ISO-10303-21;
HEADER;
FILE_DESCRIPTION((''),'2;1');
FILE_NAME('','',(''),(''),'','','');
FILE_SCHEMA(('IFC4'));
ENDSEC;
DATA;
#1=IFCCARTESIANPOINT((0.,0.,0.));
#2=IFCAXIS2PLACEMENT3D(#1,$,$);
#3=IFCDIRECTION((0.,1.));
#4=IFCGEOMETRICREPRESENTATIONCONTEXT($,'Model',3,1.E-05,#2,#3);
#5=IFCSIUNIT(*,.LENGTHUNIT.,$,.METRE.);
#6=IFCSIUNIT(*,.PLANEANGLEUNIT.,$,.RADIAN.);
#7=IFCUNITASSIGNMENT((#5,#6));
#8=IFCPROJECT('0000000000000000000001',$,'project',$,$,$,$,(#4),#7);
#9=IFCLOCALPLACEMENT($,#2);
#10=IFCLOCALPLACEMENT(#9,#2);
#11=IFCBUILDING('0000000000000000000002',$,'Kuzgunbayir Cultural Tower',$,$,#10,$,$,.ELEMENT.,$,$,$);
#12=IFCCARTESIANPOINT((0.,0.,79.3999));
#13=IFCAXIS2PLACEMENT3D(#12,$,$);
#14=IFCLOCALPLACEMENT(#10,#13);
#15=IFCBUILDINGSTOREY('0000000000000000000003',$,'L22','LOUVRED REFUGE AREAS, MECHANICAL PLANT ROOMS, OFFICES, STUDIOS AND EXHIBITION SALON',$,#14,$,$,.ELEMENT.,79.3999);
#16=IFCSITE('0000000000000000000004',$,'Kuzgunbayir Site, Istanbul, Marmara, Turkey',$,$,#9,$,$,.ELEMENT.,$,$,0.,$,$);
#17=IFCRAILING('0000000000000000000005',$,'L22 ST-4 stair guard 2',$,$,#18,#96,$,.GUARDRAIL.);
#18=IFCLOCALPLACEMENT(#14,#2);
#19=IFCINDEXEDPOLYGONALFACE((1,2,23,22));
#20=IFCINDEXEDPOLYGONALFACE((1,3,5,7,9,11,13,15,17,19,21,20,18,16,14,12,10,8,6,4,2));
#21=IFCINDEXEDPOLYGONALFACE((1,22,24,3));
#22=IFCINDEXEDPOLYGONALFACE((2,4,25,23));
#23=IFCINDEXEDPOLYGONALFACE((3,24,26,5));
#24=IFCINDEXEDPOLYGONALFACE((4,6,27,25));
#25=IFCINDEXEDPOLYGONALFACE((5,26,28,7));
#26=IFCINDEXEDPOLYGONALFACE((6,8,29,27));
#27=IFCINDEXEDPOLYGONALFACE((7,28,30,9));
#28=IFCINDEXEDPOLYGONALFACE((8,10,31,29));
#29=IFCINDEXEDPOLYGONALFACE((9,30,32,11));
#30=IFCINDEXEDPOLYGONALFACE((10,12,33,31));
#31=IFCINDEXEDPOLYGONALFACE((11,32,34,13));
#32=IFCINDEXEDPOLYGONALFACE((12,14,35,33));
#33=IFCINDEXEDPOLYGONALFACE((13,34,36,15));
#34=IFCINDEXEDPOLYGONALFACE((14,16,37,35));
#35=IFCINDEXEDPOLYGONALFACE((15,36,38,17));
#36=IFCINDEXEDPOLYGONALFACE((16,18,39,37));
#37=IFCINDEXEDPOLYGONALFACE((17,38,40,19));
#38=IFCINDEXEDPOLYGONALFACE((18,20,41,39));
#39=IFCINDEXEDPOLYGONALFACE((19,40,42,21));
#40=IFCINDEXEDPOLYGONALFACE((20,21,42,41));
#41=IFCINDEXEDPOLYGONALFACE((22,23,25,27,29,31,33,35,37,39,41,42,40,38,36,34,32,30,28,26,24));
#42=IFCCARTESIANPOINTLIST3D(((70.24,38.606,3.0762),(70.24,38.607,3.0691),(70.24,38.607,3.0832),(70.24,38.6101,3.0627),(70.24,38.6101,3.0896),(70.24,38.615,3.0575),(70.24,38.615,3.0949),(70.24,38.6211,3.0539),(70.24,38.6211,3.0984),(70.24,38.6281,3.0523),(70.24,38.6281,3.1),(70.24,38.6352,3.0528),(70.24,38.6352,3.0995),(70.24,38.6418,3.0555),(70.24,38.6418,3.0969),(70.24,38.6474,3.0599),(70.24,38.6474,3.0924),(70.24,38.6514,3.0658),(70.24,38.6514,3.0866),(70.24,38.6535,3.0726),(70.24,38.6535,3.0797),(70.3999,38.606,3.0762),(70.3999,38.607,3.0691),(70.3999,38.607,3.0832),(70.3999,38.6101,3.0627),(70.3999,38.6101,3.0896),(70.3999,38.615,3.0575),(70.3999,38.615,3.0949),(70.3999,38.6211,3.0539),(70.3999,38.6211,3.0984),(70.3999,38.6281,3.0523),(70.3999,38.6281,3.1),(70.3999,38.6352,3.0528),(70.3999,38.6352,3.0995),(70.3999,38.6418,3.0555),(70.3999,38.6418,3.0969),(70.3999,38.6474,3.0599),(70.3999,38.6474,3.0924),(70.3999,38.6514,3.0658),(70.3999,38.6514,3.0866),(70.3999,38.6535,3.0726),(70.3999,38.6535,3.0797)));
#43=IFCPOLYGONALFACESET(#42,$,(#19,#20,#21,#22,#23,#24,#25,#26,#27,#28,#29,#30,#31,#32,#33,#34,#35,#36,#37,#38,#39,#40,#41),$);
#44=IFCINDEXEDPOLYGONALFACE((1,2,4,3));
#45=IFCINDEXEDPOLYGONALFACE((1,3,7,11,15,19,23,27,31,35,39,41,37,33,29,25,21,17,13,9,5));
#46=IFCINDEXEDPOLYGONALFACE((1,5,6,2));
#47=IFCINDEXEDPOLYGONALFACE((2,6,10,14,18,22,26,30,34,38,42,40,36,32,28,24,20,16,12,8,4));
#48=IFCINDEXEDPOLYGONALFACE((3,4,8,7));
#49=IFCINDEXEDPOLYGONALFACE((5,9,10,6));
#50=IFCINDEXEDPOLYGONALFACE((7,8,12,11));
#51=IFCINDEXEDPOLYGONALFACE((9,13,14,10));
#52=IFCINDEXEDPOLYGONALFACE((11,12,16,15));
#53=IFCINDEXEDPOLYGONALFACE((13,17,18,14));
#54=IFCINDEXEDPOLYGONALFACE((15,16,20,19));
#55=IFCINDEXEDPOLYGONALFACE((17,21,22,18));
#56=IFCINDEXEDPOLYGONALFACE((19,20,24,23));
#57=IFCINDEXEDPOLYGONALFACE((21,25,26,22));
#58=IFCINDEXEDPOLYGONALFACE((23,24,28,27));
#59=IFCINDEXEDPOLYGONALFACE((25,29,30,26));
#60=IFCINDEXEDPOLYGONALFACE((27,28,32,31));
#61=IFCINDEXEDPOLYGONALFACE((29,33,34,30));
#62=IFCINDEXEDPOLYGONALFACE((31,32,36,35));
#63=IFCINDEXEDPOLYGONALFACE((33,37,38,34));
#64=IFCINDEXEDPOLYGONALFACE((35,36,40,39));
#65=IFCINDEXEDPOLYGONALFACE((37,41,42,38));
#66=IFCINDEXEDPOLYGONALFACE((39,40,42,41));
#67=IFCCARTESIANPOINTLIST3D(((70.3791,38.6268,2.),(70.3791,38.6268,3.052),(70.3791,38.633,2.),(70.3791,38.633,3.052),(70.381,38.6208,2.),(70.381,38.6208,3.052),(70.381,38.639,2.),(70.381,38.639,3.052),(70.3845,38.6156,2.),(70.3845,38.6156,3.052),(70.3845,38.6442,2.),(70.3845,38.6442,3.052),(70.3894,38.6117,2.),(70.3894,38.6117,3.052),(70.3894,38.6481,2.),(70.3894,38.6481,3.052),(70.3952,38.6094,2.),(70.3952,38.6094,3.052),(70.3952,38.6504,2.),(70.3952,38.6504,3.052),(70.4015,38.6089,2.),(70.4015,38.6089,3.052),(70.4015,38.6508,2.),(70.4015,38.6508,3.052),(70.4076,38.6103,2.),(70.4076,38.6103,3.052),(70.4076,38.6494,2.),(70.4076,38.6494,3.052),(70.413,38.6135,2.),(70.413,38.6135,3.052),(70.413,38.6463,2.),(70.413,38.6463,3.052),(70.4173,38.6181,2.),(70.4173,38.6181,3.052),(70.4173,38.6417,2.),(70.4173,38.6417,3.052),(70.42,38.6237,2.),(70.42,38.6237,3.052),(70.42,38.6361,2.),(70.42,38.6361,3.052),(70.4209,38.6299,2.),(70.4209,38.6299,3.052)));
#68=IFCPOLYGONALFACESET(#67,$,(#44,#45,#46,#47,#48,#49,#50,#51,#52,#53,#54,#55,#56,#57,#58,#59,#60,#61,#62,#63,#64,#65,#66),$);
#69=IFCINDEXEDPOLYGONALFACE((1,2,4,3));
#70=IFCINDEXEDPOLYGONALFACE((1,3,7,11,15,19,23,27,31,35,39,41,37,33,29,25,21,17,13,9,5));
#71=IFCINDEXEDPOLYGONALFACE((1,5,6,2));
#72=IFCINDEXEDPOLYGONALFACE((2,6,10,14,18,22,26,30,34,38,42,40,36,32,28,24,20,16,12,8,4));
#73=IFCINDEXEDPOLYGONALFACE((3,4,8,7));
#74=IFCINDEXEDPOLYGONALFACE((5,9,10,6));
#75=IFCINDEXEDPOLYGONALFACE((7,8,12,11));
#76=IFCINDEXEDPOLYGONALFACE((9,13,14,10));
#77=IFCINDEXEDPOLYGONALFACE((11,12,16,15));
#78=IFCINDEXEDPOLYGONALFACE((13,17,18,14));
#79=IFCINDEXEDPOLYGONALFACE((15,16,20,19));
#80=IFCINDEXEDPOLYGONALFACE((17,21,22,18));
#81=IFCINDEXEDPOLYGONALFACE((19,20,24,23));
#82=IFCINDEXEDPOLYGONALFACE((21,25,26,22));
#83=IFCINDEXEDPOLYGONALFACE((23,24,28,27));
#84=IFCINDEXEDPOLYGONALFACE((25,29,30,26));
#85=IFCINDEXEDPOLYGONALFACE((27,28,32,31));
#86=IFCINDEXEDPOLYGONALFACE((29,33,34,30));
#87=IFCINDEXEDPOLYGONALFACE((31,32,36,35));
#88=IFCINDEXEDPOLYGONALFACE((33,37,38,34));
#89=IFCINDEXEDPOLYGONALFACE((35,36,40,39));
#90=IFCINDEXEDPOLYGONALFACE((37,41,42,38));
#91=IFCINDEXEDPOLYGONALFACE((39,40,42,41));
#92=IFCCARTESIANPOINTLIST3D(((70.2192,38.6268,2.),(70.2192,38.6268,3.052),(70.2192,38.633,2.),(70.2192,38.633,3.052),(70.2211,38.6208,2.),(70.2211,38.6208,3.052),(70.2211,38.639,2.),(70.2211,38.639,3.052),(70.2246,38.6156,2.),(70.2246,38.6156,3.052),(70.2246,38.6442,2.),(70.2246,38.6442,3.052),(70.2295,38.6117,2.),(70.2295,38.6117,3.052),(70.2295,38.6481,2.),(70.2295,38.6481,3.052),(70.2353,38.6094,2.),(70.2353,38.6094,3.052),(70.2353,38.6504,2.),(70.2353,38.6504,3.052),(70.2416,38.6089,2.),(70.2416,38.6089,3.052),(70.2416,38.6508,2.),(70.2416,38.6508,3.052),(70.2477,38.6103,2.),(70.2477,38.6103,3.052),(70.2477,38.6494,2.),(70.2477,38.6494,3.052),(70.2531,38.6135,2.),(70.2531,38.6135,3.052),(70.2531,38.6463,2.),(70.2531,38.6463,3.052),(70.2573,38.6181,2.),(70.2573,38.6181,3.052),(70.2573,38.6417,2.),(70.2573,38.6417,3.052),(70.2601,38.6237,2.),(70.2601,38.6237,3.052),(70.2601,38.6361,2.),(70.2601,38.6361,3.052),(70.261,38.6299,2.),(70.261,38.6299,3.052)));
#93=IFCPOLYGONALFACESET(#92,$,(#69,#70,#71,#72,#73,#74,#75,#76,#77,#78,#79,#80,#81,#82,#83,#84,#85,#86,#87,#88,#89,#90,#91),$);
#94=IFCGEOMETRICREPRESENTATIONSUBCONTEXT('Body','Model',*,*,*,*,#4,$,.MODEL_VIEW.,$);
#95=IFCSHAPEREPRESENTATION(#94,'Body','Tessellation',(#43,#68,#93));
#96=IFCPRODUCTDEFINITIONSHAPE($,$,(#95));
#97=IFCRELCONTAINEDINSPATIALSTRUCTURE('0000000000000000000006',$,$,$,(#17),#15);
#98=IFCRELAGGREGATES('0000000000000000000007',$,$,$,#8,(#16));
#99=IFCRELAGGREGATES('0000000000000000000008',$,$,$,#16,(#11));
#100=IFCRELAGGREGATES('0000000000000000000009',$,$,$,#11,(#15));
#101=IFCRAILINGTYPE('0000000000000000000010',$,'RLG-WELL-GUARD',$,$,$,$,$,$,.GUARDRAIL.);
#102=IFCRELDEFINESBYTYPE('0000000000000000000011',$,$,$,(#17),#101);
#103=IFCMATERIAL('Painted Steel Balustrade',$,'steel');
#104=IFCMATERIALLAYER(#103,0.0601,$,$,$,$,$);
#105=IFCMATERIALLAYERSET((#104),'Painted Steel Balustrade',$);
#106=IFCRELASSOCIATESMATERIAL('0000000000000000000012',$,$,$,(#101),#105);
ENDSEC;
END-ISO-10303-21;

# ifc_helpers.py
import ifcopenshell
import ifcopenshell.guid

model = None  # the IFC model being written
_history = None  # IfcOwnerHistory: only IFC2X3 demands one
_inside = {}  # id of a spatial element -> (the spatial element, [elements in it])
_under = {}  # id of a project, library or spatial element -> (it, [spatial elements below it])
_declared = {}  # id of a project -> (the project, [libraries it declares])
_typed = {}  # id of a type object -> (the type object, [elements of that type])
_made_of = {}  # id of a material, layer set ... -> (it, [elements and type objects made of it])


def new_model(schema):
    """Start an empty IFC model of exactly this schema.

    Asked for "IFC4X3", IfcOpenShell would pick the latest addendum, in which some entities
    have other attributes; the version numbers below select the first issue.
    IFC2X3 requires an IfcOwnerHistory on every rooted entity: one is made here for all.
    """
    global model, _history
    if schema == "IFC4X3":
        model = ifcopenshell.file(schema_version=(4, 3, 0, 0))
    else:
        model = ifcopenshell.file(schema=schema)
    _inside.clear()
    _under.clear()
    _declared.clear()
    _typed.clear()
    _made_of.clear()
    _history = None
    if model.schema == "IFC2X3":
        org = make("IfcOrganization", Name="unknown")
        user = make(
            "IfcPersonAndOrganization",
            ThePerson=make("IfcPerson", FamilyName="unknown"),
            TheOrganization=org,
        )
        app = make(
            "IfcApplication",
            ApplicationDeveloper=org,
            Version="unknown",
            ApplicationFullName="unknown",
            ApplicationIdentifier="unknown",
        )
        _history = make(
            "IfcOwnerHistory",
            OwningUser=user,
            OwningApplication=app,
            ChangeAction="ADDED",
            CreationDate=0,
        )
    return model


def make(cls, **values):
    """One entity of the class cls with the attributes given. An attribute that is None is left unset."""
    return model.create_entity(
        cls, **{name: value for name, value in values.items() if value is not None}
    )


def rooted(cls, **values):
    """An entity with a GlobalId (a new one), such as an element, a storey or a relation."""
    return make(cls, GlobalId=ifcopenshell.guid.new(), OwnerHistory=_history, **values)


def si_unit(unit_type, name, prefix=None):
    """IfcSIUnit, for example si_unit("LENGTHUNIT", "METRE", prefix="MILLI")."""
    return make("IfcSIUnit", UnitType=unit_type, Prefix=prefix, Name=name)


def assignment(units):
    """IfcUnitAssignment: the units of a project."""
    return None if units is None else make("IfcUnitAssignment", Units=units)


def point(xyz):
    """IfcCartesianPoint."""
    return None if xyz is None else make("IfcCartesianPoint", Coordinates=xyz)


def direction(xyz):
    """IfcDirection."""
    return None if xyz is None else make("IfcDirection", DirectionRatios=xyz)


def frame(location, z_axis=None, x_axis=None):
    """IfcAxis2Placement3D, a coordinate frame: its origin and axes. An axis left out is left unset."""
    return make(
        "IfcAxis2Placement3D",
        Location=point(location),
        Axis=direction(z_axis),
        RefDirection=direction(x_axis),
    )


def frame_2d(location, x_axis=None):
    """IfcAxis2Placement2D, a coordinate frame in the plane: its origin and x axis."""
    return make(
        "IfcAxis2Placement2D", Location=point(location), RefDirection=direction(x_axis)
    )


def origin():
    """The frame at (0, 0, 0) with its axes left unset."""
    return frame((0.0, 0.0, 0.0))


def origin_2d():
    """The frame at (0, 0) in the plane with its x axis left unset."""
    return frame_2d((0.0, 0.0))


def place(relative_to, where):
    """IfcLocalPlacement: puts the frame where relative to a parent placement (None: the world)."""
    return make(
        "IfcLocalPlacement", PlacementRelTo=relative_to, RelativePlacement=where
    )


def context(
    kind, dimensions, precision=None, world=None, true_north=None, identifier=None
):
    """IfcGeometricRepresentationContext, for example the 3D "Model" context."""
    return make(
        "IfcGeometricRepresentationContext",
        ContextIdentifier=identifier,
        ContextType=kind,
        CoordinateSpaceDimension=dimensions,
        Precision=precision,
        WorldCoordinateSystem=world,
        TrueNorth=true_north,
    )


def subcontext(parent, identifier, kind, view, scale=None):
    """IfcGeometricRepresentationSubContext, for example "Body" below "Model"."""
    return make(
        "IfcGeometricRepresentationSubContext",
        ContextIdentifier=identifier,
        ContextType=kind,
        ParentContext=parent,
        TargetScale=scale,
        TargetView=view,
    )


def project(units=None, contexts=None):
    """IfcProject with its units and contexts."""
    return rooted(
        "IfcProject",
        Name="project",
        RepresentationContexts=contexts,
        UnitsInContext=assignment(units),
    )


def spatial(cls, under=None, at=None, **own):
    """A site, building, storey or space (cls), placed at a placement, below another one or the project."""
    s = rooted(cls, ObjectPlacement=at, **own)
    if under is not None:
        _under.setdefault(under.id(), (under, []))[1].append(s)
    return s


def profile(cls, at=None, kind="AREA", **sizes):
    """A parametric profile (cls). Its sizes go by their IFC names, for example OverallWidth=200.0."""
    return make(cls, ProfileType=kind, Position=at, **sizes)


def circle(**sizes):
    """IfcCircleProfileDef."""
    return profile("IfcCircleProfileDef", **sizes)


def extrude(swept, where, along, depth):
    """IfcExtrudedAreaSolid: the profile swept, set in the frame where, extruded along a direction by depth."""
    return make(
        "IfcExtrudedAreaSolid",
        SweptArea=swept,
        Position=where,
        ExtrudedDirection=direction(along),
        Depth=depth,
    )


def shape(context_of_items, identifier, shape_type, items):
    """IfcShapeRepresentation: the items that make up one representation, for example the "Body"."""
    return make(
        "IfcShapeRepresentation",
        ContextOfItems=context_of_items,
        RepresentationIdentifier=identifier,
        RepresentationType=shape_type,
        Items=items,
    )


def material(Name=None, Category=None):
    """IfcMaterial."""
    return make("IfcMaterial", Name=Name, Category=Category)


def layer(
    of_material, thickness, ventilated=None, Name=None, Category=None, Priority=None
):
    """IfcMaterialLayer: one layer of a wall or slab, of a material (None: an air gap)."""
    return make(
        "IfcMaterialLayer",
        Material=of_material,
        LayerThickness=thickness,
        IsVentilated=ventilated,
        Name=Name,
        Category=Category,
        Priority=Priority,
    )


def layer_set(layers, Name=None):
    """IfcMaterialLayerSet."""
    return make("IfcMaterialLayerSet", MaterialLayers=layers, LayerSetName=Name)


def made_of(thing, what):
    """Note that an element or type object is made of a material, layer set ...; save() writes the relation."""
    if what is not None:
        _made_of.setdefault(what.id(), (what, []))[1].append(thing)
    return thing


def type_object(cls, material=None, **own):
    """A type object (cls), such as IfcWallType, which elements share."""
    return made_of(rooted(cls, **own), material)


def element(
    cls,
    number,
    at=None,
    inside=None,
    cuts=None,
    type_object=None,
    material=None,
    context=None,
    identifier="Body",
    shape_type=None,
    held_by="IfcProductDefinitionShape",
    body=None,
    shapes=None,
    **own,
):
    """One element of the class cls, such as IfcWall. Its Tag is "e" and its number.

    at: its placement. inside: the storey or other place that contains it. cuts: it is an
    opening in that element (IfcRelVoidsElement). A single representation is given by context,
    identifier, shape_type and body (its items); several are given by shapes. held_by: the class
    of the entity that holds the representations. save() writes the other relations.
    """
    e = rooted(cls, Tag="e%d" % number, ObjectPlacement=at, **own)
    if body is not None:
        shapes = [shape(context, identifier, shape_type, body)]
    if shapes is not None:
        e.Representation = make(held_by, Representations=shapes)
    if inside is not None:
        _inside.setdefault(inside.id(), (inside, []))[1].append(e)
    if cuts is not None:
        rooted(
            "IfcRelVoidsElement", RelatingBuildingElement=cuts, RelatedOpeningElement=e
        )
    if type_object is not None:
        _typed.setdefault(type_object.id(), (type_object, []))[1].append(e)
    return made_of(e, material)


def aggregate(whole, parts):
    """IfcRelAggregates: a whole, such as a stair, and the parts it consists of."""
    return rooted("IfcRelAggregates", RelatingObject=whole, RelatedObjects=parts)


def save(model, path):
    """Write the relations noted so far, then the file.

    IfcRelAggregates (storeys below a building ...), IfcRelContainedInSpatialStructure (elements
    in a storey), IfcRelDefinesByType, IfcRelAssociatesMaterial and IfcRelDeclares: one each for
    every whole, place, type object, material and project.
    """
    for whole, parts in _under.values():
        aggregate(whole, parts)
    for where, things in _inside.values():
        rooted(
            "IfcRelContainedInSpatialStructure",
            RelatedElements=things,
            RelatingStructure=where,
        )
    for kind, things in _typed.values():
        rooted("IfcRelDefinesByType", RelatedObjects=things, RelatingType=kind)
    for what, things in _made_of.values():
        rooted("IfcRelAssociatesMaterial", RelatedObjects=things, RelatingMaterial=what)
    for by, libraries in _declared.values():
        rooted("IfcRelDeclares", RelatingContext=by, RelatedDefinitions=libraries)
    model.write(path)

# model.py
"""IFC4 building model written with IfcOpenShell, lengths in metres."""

from ifc_helpers import new_model, si_unit, direction, frame, origin, origin_2d, place, context, subcontext, project, spatial, circle, extrude, material, layer, layer_set, type_object, element, save


model = new_model("IFC4")

# Units and contexts
model_context = context("Model", 3, precision=1e-05, world=origin(), true_north=direction((0.0, 1.0)))
body_context = subcontext(model_context, "Body", "Model", "MODEL_VIEW")
ifc_project = project(units=[si_unit("LENGTHUNIT", "METRE"), si_unit("PLANEANGLEUNIT", "RADIAN")], contexts=[model_context])

# Site, building, storey
site_placement = place(None, origin())
site = spatial("IfcSite", under=ifc_project, at=site_placement, Name="Kuzgunbayir Site, Istanbul, Marmara, Turkey", CompositionType="ELEMENT", RefElevation=0.0)
building_placement = place(site_placement, origin())
building = spatial("IfcBuilding", under=site, at=building_placement, Name="Kuzgunbayir Cultural Tower", CompositionType="ELEMENT")
storey_placement = place(building_placement, frame((0.0, 0.0, 79.3999)))
storey = spatial("IfcBuildingStorey", under=building, at=storey_placement, Name="L22", Description="LOUVRED REFUGE AREAS, MECHANICAL PLANT ROOMS, OFFICES, STUDIOS AND EXHIBITION SALON", CompositionType="ELEMENT", Elevation=79.3999)

# Railing
ifc_material_1 = material(Name="Painted Steel Balustrade", Category="steel")
ifc_layer_1 = layer(ifc_material_1, 0.0601)
ifc_layer_set_1 = layer_set([ifc_layer_1], Name="Painted Steel Balustrade")
railing_type_1 = type_object("IfcRailingType", Name="RLG-WELL-GUARD", PredefinedType="GUARDRAIL", material=ifc_layer_set_1)
railing_1_placement = place(storey_placement, frame((70.3999, 38.6299, 2.0)))
element("IfcRailing", 1, at=railing_1_placement, inside=storey, type_object=railing_type_1, Name="L22 ST-4 stair guard 2", PredefinedType="GUARDRAIL", context=body_context, shape_type="SweptSolid", body=[
    extrude(circle(Radius=0.0239, at=origin_2d()), frame((0.0, 0.0, 1.0762), z_axis=(-1.0, 0.0, 0.0), x_axis=(0.0, -1.0, 0.0)), (0.0, 0.0, 1.0), 0.1599),
    extrude(circle(Radius=0.021, at=origin_2d()), origin(), (0.0, 0.0, 1.0), 1.052),
    extrude(circle(Radius=0.021, at=origin_2d()), frame((-0.1599, 0.0, 0.0)), (0.0, 0.0, 1.0), 1.052),
])

save(model, "model.ifc")
